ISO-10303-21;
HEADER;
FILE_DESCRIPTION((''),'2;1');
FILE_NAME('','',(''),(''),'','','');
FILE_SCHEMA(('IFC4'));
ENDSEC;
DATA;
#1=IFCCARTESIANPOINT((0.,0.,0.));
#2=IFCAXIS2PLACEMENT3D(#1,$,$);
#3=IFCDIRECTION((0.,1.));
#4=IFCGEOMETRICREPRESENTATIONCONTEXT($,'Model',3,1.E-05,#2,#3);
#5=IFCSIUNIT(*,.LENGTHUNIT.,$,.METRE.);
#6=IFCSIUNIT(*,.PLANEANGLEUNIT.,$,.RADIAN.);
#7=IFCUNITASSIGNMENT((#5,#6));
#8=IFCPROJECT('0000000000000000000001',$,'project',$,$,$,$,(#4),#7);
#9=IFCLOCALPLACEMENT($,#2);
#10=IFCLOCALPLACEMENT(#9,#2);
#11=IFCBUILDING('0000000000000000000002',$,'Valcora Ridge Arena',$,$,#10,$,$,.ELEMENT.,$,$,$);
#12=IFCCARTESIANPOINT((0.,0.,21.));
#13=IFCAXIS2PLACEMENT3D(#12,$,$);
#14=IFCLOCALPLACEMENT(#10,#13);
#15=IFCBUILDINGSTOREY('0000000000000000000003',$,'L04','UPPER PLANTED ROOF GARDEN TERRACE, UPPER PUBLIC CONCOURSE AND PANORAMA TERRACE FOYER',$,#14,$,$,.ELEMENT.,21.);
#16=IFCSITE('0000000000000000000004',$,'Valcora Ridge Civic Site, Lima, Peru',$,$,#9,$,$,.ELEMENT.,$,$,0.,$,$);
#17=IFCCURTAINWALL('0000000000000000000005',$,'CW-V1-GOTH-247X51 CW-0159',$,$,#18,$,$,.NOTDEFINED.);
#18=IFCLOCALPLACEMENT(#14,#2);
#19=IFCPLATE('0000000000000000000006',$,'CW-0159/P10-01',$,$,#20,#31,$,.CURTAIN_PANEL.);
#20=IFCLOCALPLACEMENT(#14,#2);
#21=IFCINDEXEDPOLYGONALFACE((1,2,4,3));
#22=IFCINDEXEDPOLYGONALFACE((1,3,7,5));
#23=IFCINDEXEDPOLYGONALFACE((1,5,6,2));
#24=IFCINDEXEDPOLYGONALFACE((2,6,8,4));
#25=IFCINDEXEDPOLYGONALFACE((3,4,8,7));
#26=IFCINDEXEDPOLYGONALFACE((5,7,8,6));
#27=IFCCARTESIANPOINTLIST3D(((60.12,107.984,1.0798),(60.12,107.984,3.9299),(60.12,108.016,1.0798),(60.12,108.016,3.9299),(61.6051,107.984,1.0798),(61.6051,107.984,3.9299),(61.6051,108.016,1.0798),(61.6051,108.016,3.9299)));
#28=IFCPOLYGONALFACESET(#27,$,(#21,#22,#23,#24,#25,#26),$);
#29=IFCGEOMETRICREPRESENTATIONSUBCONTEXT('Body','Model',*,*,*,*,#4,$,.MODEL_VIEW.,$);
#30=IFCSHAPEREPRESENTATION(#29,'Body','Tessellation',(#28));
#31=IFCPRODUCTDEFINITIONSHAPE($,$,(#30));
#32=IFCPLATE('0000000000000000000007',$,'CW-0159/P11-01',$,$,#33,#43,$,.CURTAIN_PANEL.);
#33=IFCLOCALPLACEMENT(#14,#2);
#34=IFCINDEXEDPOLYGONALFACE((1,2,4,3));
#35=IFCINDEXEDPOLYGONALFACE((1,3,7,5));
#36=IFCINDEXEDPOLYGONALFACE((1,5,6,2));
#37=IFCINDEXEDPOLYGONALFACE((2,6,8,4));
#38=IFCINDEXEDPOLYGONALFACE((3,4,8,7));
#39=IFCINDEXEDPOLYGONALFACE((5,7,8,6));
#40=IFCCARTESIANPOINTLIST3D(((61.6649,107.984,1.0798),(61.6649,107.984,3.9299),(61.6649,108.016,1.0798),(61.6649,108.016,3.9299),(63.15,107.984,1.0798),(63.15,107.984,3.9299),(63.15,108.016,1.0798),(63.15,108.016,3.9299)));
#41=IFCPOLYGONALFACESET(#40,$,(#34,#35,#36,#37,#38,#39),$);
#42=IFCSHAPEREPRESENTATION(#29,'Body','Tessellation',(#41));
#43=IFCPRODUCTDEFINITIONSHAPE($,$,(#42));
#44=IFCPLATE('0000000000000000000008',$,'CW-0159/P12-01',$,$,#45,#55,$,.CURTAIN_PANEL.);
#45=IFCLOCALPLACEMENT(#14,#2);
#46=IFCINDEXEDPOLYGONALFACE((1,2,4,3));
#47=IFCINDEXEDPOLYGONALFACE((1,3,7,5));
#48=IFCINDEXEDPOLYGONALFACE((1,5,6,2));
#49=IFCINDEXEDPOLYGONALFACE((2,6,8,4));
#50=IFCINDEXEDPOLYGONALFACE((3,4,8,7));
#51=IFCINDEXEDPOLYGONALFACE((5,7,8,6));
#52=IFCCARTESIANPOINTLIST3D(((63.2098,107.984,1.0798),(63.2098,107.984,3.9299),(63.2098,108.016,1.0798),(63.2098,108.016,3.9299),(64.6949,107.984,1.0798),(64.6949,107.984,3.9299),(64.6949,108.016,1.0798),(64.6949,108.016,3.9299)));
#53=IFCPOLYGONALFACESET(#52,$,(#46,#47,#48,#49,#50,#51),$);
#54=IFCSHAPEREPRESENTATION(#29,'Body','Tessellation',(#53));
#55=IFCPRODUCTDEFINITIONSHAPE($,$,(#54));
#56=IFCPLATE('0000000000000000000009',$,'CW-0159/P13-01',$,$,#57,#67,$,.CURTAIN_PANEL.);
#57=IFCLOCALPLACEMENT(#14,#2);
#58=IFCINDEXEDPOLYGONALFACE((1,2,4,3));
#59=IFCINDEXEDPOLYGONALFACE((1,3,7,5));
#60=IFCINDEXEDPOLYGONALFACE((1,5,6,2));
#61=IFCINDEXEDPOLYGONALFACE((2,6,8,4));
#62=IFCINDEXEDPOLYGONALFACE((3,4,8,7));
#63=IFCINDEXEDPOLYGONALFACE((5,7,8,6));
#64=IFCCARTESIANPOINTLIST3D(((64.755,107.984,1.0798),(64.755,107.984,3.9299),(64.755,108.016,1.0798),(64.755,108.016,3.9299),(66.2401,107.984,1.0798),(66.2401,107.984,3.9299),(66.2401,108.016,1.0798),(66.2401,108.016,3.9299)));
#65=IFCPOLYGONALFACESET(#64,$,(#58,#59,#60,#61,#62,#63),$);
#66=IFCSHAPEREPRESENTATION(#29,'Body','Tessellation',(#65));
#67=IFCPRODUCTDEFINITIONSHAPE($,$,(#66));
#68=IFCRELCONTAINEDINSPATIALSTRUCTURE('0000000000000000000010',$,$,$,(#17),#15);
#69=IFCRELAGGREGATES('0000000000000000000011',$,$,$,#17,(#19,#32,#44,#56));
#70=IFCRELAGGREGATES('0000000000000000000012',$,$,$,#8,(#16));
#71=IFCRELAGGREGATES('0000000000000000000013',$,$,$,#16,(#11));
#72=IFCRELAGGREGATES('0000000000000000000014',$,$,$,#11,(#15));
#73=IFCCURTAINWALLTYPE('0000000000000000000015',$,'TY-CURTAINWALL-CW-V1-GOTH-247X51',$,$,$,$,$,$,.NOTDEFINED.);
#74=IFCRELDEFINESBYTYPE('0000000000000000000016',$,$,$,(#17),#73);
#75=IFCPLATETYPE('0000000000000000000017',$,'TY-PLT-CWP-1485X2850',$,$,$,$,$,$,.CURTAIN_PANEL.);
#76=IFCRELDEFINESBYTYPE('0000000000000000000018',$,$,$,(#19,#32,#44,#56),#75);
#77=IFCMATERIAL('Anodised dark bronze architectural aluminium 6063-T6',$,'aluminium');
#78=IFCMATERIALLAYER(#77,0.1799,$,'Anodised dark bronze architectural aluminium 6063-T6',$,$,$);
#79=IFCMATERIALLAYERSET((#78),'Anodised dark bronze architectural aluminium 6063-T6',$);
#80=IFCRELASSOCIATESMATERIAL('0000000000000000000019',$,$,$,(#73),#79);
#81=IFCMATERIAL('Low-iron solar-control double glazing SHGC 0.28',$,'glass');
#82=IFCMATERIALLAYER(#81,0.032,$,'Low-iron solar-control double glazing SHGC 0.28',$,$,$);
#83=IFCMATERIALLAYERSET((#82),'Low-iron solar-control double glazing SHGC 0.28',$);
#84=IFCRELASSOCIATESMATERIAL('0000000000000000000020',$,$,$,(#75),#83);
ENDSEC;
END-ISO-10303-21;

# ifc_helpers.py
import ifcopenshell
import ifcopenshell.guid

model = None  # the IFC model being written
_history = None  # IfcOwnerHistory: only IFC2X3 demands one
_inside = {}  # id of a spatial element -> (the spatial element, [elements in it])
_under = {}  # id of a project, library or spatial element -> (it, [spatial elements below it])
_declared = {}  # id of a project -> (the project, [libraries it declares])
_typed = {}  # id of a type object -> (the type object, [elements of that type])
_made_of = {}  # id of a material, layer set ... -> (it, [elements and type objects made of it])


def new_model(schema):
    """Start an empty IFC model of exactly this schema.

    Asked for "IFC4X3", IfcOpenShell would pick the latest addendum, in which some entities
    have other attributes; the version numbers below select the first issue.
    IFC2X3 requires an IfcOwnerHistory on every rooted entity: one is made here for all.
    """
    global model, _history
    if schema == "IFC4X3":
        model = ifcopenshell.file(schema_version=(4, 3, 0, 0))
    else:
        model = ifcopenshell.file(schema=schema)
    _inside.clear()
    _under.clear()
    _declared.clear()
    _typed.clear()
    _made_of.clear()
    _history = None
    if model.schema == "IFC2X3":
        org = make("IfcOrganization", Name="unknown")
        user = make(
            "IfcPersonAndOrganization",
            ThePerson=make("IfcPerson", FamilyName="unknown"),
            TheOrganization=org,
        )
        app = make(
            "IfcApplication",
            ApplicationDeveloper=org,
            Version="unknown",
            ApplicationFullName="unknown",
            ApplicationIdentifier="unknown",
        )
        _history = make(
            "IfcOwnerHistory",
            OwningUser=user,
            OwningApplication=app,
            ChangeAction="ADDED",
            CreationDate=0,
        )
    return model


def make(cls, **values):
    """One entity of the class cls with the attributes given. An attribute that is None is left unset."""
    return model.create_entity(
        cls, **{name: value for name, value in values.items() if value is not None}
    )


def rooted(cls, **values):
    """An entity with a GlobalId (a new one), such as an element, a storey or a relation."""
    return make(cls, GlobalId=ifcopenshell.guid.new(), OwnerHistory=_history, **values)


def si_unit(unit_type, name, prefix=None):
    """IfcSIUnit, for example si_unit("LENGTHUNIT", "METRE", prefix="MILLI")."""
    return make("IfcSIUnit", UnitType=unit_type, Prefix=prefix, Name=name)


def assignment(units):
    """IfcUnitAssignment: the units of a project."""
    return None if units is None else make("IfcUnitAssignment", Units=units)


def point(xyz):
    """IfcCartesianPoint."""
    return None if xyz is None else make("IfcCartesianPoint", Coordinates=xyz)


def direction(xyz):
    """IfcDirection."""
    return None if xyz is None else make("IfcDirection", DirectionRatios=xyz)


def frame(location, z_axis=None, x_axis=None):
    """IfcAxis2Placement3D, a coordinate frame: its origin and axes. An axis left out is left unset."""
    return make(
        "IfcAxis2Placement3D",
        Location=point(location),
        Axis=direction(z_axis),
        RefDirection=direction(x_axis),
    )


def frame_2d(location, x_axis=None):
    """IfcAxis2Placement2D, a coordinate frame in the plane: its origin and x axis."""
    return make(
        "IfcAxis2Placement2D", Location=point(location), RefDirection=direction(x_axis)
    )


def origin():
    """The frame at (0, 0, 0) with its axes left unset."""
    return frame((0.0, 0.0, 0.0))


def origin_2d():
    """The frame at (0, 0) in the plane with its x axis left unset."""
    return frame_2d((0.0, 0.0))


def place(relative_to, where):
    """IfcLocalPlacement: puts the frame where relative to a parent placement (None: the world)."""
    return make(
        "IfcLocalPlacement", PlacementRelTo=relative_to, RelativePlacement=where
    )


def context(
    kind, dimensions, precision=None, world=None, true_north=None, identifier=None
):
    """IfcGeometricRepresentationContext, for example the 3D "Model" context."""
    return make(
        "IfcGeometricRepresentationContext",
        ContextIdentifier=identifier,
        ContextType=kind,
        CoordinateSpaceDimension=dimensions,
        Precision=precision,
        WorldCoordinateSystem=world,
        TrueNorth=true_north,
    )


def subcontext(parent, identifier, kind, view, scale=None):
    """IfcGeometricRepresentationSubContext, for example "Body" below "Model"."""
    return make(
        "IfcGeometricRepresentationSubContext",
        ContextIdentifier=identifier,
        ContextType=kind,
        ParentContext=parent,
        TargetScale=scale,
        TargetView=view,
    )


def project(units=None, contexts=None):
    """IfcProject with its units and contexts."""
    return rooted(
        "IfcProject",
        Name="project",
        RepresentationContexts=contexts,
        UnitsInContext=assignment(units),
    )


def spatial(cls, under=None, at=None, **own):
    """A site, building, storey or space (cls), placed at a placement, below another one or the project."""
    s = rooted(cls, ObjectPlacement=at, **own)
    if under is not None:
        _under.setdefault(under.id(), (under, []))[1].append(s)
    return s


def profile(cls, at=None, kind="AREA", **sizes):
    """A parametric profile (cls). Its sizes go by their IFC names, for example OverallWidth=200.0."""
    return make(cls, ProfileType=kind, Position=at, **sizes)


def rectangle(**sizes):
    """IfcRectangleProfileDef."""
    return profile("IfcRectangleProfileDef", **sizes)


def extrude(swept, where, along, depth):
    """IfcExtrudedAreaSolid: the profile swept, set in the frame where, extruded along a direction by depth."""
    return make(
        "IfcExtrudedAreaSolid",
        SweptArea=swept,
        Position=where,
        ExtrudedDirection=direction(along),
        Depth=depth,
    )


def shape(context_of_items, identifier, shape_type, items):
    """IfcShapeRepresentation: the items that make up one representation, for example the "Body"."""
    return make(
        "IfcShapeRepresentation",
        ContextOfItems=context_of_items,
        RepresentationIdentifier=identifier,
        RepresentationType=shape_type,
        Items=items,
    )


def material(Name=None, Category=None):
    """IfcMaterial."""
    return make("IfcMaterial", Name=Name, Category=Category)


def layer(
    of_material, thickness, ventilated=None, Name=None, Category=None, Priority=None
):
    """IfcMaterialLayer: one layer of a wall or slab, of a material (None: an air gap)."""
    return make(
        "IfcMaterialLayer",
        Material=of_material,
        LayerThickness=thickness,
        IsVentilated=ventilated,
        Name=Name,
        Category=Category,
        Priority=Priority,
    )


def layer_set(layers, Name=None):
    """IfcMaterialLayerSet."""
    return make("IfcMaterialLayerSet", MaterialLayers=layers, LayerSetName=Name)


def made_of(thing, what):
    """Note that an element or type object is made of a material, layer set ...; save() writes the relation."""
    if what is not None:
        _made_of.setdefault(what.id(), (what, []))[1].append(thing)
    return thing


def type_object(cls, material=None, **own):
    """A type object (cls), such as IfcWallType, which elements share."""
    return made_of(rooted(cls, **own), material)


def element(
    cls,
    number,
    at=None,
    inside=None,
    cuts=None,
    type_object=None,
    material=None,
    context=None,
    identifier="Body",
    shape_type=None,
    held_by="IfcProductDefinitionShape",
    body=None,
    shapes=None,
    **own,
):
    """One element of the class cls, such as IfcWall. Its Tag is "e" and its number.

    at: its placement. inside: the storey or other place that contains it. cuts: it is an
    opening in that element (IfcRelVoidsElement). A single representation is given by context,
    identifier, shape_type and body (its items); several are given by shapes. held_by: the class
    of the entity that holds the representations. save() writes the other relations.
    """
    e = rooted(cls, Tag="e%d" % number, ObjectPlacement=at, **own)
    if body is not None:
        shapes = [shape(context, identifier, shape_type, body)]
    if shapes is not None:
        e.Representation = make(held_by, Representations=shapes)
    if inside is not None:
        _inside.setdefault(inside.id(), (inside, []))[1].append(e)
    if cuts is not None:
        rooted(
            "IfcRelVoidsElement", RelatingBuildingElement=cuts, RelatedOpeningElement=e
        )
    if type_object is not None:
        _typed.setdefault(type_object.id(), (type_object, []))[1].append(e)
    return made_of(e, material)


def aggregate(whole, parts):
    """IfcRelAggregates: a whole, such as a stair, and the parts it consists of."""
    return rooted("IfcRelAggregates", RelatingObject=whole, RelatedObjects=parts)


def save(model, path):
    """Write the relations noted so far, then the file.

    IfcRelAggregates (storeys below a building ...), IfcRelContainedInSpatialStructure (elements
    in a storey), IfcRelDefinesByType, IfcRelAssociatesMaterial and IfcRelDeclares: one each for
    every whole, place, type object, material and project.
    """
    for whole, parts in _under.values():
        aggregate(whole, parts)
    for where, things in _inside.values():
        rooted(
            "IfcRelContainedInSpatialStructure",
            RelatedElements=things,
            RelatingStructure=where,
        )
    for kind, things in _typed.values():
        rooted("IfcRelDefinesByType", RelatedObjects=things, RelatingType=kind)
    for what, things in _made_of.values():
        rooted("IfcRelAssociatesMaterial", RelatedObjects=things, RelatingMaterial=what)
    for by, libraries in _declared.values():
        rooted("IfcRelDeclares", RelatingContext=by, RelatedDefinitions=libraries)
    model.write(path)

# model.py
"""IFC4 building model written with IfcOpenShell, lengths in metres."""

from ifc_helpers import new_model, si_unit, direction, frame, origin, origin_2d, place, context, subcontext, project, spatial, rectangle, extrude, material, layer, layer_set, type_object, element, aggregate, save


model = new_model("IFC4")

# Units and contexts
model_context = context("Model", 3, precision=1e-05, world=origin(), true_north=direction((0.0, 1.0)))
body_context = subcontext(model_context, "Body", "Model", "MODEL_VIEW")
ifc_project = project(units=[si_unit("LENGTHUNIT", "METRE"), si_unit("PLANEANGLEUNIT", "RADIAN")], contexts=[model_context])

# Site, building, storey
site_placement = place(None, origin())
site = spatial("IfcSite", under=ifc_project, at=site_placement, Name="Valcora Ridge Civic Site, Lima, Peru", CompositionType="ELEMENT", RefElevation=0.0)
building_placement = place(site_placement, origin())
building = spatial("IfcBuilding", under=site, at=building_placement, Name="Valcora Ridge Arena", CompositionType="ELEMENT")
storey_placement = place(building_placement, frame((0.0, 0.0, 21.0)))
storey = spatial("IfcBuildingStorey", under=building, at=storey_placement, Name="L04", Description="UPPER PLANTED ROOF GARDEN TERRACE, UPPER PUBLIC CONCOURSE AND PANORAMA TERRACE FOYER", CompositionType="ELEMENT", Elevation=21.0)

# Curtain wall, plates
ifc_material_1 = material(Name="Anodised dark bronze architectural aluminium 6063-T6", Category="aluminium")
ifc_layer_1 = layer(ifc_material_1, 0.1799, Name="Anodised dark bronze architectural aluminium 6063-T6")
ifc_layer_set_1 = layer_set([ifc_layer_1], Name="Anodised dark bronze architectural aluminium 6063-T6")
curtain_wall_type = type_object("IfcCurtainWallType", Name="TY-CURTAINWALL-CW-V1-GOTH-247X51", PredefinedType="NOTDEFINED", material=ifc_layer_set_1)
curtain_wall_placement = place(storey_placement, origin())
curtain_wall = element("IfcCurtainWall", 1, at=curtain_wall_placement, inside=storey, type_object=curtain_wall_type, Name="CW-V1-GOTH-247X51 CW-0159", PredefinedType="NOTDEFINED")
ifc_material_2 = material(Name="Low-iron solar-control double glazing SHGC 0.28", Category="glass")
ifc_layer_2 = layer(ifc_material_2, 0.032, Name="Low-iron solar-control double glazing SHGC 0.28")
ifc_layer_set_2 = layer_set([ifc_layer_2], Name="Low-iron solar-control double glazing SHGC 0.28")
plate_type_1 = type_object("IfcPlateType", Name="TY-PLT-CWP-1485X2850", PredefinedType="CURTAIN_PANEL", material=ifc_layer_set_2)
plate_1_placement = place(storey_placement, frame((60.8625, 108.0, 1.0798), z_axis=(0.0, 0.0, 1.0), x_axis=(1.0, 0.0, 0.0)))
plate_1 = element("IfcPlate", 2, at=plate_1_placement, type_object=plate_type_1, Name="CW-0159/P10-01", PredefinedType="CURTAIN_PANEL", context=body_context, shape_type="SweptSolid", body=[
    extrude(rectangle(XDim=1.4851, YDim=0.032, at=origin_2d()), origin(), (0.0, 0.0, 1.0), 2.8501),
])
plate_2_placement = place(storey_placement, frame((62.4075, 108.0, 1.0798), z_axis=(0.0, 0.0, 1.0), x_axis=(1.0, 0.0, 0.0)))
plate_2 = element("IfcPlate", 3, at=plate_2_placement, type_object=plate_type_1, Name="CW-0159/P11-01", PredefinedType="CURTAIN_PANEL", context=body_context, shape_type="SweptSolid", body=[
    extrude(rectangle(XDim=1.4851, YDim=0.032, at=origin_2d()), origin(), (0.0, 0.0, 1.0), 2.8501),
])
plate_3_placement = place(storey_placement, frame((63.9524, 108.0, 1.0798), z_axis=(0.0, 0.0, 1.0), x_axis=(1.0, 0.0, 0.0)))
plate_3 = element("IfcPlate", 4, at=plate_3_placement, type_object=plate_type_1, Name="CW-0159/P12-01", PredefinedType="CURTAIN_PANEL", context=body_context, shape_type="SweptSolid", body=[
    extrude(rectangle(XDim=1.4851, YDim=0.032, at=origin_2d()), origin(), (0.0, 0.0, 1.0), 2.8501),
])
plate_4_placement = place(storey_placement, frame((65.4976, 108.0, 1.0798), z_axis=(0.0, 0.0, 1.0), x_axis=(1.0, 0.0, 0.0)))
plate_4 = element("IfcPlate", 5, at=plate_4_placement, type_object=plate_type_1, Name="CW-0159/P13-01", PredefinedType="CURTAIN_PANEL", context=body_context, shape_type="SweptSolid", body=[
    extrude(rectangle(XDim=1.4851, YDim=0.032, at=origin_2d()), origin(), (0.0, 0.0, 1.0), 2.8501),
])
aggregate(curtain_wall, [plate_1, plate_2, plate_3, plate_4])

save(model, "model.ifc")
